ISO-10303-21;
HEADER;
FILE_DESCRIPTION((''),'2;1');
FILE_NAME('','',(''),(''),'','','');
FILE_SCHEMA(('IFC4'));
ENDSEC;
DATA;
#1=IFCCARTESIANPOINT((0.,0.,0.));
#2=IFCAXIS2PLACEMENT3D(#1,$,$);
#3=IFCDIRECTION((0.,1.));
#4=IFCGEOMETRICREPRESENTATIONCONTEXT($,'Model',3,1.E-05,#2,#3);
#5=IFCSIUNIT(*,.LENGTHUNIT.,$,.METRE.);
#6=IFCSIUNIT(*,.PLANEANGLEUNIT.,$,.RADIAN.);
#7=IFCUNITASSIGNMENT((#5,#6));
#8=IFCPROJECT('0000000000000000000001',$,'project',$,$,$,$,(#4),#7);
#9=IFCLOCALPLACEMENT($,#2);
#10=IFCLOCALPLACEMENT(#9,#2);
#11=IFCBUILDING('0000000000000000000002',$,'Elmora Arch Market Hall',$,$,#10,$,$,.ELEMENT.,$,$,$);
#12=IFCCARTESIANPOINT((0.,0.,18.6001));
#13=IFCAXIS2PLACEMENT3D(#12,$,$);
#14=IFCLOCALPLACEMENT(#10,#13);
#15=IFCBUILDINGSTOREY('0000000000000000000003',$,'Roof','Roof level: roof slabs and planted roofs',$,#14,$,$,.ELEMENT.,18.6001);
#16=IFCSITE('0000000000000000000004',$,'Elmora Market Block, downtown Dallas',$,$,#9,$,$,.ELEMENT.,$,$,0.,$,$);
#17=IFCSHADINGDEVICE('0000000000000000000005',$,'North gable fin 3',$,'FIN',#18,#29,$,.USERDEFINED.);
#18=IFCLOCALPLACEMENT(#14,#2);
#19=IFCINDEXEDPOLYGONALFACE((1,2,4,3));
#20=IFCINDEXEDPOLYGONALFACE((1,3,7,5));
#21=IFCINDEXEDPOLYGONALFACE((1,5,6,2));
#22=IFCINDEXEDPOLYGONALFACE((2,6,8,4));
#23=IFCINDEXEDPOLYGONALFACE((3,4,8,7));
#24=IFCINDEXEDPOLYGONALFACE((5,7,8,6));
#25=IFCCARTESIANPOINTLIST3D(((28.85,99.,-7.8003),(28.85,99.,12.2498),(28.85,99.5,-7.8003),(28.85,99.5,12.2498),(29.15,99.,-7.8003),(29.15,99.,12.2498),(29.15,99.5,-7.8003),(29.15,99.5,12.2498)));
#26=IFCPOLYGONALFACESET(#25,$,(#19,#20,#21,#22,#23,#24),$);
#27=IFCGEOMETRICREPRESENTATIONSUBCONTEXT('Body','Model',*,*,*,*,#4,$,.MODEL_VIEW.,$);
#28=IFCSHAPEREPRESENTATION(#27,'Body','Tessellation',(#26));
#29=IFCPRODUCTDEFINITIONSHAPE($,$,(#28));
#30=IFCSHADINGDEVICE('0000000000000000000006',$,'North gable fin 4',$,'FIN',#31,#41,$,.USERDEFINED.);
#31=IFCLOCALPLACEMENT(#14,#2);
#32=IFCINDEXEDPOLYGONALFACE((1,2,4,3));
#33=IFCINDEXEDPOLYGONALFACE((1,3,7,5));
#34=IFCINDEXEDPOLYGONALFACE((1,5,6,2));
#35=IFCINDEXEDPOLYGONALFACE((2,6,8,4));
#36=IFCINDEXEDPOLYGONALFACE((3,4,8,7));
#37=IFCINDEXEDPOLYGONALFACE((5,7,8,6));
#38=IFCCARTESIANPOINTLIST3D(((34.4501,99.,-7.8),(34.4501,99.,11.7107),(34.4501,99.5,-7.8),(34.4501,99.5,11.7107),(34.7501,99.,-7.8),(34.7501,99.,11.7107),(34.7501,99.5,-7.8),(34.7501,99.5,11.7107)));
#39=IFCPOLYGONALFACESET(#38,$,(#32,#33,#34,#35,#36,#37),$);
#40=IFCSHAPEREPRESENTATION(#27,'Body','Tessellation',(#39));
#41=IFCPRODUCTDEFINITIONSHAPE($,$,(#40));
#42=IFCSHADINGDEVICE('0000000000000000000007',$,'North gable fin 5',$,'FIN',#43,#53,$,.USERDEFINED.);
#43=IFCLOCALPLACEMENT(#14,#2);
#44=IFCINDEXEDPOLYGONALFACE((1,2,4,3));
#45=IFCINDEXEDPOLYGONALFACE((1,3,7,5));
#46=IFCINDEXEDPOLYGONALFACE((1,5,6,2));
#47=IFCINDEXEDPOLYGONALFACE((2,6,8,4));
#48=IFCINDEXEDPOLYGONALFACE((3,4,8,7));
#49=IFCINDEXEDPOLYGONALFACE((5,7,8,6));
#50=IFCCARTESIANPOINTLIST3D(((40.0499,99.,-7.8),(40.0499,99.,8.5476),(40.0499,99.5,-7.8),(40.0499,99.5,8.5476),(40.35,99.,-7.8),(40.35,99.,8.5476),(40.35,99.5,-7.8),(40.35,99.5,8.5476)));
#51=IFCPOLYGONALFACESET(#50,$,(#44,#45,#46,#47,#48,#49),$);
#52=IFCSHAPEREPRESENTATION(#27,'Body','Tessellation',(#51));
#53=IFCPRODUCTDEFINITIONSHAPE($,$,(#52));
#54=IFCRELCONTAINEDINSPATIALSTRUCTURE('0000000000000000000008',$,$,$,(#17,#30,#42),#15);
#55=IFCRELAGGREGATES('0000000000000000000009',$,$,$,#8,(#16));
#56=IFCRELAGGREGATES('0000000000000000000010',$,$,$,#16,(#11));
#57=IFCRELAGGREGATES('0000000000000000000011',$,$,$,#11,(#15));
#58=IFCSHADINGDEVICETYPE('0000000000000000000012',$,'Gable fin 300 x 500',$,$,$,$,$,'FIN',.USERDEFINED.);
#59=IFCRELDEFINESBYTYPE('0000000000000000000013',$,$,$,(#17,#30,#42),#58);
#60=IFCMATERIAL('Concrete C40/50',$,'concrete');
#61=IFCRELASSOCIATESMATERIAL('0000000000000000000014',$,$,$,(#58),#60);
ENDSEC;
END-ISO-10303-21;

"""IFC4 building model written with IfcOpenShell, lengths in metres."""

from ifc_helpers import new_model, si_unit, direction, frame, origin, origin_2d, place, context, subcontext, project, spatial, rectangle, extrude, material, type_object, element, save


model = new_model("IFC4")

# Units and contexts
model_context = context("Model", 3, precision=1e-05, world=origin(), true_north=direction((0.0, 1.0)))
body_context = subcontext(model_context, "Body", "Model", "MODEL_VIEW")
ifc_project = project(units=[si_unit("LENGTHUNIT", "METRE"), si_unit("PLANEANGLEUNIT", "RADIAN")], contexts=[model_context])

# Site, building, storey
site_placement = place(None, origin())
site = spatial("IfcSite", under=ifc_project, at=site_placement, Name="Elmora Market Block, downtown Dallas", CompositionType="ELEMENT", RefElevation=0.0)
building_placement = place(site_placement, origin())
building = spatial("IfcBuilding", under=site, at=building_placement, Name="Elmora Arch Market Hall", CompositionType="ELEMENT")
storey_placement = place(building_placement, frame((0.0, 0.0, 18.6001)))
storey = spatial("IfcBuildingStorey", under=building, at=storey_placement, Name="Roof", Description="Roof level: roof slabs and planted roofs", CompositionType="ELEMENT", Elevation=18.6001)

# Shading devices
ifc_material_1 = material(Name="Concrete C40/50", Category="concrete")
shading_device_type = type_object("IfcShadingDeviceType", Name="Gable fin 300 x 500", ElementType="FIN", PredefinedType="USERDEFINED", material=ifc_material_1)
shading_device_1_placement = place(storey_placement, frame((29.0, 99.25, -7.8003), z_axis=(0.0, 0.0, 1.0), x_axis=(1.0, 0.0, 0.0)))
element("IfcShadingDevice", 1, at=shading_device_1_placement, inside=storey, type_object=shading_device_type, Name="North gable fin 3", ObjectType="FIN", PredefinedType="USERDEFINED", context=body_context, shape_type="SweptSolid", body=[
    extrude(rectangle(XDim=0.3, YDim=0.5, at=origin_2d()), origin(), (0.0, 0.0, 1.0), 20.05),
])
shading_device_2_placement = place(storey_placement, frame((34.6001, 99.25, -7.8), z_axis=(0.0, 0.0, 1.0), x_axis=(1.0, 0.0, 0.0)))
element("IfcShadingDevice", 2, at=shading_device_2_placement, inside=storey, type_object=shading_device_type, Name="North gable fin 4", ObjectType="FIN", PredefinedType="USERDEFINED", context=body_context, shape_type="SweptSolid", body=[
    extrude(rectangle(XDim=0.3, YDim=0.5, at=origin_2d()), origin(), (0.0, 0.0, 1.0), 19.5107),
])
shading_device_3_placement = place(storey_placement, frame((40.2, 99.25, -7.8), z_axis=(0.0, 0.0, 1.0), x_axis=(1.0, 0.0, 0.0)))
element("IfcShadingDevice", 3, at=shading_device_3_placement, inside=storey, type_object=shading_device_type, Name="North gable fin 5", ObjectType="FIN", PredefinedType="USERDEFINED", context=body_context, shape_type="SweptSolid", body=[
    extrude(rectangle(XDim=0.3, YDim=0.5, at=origin_2d()), origin(), (0.0, 0.0, 1.0), 16.3477),
])

save(model, "model.ifc")
